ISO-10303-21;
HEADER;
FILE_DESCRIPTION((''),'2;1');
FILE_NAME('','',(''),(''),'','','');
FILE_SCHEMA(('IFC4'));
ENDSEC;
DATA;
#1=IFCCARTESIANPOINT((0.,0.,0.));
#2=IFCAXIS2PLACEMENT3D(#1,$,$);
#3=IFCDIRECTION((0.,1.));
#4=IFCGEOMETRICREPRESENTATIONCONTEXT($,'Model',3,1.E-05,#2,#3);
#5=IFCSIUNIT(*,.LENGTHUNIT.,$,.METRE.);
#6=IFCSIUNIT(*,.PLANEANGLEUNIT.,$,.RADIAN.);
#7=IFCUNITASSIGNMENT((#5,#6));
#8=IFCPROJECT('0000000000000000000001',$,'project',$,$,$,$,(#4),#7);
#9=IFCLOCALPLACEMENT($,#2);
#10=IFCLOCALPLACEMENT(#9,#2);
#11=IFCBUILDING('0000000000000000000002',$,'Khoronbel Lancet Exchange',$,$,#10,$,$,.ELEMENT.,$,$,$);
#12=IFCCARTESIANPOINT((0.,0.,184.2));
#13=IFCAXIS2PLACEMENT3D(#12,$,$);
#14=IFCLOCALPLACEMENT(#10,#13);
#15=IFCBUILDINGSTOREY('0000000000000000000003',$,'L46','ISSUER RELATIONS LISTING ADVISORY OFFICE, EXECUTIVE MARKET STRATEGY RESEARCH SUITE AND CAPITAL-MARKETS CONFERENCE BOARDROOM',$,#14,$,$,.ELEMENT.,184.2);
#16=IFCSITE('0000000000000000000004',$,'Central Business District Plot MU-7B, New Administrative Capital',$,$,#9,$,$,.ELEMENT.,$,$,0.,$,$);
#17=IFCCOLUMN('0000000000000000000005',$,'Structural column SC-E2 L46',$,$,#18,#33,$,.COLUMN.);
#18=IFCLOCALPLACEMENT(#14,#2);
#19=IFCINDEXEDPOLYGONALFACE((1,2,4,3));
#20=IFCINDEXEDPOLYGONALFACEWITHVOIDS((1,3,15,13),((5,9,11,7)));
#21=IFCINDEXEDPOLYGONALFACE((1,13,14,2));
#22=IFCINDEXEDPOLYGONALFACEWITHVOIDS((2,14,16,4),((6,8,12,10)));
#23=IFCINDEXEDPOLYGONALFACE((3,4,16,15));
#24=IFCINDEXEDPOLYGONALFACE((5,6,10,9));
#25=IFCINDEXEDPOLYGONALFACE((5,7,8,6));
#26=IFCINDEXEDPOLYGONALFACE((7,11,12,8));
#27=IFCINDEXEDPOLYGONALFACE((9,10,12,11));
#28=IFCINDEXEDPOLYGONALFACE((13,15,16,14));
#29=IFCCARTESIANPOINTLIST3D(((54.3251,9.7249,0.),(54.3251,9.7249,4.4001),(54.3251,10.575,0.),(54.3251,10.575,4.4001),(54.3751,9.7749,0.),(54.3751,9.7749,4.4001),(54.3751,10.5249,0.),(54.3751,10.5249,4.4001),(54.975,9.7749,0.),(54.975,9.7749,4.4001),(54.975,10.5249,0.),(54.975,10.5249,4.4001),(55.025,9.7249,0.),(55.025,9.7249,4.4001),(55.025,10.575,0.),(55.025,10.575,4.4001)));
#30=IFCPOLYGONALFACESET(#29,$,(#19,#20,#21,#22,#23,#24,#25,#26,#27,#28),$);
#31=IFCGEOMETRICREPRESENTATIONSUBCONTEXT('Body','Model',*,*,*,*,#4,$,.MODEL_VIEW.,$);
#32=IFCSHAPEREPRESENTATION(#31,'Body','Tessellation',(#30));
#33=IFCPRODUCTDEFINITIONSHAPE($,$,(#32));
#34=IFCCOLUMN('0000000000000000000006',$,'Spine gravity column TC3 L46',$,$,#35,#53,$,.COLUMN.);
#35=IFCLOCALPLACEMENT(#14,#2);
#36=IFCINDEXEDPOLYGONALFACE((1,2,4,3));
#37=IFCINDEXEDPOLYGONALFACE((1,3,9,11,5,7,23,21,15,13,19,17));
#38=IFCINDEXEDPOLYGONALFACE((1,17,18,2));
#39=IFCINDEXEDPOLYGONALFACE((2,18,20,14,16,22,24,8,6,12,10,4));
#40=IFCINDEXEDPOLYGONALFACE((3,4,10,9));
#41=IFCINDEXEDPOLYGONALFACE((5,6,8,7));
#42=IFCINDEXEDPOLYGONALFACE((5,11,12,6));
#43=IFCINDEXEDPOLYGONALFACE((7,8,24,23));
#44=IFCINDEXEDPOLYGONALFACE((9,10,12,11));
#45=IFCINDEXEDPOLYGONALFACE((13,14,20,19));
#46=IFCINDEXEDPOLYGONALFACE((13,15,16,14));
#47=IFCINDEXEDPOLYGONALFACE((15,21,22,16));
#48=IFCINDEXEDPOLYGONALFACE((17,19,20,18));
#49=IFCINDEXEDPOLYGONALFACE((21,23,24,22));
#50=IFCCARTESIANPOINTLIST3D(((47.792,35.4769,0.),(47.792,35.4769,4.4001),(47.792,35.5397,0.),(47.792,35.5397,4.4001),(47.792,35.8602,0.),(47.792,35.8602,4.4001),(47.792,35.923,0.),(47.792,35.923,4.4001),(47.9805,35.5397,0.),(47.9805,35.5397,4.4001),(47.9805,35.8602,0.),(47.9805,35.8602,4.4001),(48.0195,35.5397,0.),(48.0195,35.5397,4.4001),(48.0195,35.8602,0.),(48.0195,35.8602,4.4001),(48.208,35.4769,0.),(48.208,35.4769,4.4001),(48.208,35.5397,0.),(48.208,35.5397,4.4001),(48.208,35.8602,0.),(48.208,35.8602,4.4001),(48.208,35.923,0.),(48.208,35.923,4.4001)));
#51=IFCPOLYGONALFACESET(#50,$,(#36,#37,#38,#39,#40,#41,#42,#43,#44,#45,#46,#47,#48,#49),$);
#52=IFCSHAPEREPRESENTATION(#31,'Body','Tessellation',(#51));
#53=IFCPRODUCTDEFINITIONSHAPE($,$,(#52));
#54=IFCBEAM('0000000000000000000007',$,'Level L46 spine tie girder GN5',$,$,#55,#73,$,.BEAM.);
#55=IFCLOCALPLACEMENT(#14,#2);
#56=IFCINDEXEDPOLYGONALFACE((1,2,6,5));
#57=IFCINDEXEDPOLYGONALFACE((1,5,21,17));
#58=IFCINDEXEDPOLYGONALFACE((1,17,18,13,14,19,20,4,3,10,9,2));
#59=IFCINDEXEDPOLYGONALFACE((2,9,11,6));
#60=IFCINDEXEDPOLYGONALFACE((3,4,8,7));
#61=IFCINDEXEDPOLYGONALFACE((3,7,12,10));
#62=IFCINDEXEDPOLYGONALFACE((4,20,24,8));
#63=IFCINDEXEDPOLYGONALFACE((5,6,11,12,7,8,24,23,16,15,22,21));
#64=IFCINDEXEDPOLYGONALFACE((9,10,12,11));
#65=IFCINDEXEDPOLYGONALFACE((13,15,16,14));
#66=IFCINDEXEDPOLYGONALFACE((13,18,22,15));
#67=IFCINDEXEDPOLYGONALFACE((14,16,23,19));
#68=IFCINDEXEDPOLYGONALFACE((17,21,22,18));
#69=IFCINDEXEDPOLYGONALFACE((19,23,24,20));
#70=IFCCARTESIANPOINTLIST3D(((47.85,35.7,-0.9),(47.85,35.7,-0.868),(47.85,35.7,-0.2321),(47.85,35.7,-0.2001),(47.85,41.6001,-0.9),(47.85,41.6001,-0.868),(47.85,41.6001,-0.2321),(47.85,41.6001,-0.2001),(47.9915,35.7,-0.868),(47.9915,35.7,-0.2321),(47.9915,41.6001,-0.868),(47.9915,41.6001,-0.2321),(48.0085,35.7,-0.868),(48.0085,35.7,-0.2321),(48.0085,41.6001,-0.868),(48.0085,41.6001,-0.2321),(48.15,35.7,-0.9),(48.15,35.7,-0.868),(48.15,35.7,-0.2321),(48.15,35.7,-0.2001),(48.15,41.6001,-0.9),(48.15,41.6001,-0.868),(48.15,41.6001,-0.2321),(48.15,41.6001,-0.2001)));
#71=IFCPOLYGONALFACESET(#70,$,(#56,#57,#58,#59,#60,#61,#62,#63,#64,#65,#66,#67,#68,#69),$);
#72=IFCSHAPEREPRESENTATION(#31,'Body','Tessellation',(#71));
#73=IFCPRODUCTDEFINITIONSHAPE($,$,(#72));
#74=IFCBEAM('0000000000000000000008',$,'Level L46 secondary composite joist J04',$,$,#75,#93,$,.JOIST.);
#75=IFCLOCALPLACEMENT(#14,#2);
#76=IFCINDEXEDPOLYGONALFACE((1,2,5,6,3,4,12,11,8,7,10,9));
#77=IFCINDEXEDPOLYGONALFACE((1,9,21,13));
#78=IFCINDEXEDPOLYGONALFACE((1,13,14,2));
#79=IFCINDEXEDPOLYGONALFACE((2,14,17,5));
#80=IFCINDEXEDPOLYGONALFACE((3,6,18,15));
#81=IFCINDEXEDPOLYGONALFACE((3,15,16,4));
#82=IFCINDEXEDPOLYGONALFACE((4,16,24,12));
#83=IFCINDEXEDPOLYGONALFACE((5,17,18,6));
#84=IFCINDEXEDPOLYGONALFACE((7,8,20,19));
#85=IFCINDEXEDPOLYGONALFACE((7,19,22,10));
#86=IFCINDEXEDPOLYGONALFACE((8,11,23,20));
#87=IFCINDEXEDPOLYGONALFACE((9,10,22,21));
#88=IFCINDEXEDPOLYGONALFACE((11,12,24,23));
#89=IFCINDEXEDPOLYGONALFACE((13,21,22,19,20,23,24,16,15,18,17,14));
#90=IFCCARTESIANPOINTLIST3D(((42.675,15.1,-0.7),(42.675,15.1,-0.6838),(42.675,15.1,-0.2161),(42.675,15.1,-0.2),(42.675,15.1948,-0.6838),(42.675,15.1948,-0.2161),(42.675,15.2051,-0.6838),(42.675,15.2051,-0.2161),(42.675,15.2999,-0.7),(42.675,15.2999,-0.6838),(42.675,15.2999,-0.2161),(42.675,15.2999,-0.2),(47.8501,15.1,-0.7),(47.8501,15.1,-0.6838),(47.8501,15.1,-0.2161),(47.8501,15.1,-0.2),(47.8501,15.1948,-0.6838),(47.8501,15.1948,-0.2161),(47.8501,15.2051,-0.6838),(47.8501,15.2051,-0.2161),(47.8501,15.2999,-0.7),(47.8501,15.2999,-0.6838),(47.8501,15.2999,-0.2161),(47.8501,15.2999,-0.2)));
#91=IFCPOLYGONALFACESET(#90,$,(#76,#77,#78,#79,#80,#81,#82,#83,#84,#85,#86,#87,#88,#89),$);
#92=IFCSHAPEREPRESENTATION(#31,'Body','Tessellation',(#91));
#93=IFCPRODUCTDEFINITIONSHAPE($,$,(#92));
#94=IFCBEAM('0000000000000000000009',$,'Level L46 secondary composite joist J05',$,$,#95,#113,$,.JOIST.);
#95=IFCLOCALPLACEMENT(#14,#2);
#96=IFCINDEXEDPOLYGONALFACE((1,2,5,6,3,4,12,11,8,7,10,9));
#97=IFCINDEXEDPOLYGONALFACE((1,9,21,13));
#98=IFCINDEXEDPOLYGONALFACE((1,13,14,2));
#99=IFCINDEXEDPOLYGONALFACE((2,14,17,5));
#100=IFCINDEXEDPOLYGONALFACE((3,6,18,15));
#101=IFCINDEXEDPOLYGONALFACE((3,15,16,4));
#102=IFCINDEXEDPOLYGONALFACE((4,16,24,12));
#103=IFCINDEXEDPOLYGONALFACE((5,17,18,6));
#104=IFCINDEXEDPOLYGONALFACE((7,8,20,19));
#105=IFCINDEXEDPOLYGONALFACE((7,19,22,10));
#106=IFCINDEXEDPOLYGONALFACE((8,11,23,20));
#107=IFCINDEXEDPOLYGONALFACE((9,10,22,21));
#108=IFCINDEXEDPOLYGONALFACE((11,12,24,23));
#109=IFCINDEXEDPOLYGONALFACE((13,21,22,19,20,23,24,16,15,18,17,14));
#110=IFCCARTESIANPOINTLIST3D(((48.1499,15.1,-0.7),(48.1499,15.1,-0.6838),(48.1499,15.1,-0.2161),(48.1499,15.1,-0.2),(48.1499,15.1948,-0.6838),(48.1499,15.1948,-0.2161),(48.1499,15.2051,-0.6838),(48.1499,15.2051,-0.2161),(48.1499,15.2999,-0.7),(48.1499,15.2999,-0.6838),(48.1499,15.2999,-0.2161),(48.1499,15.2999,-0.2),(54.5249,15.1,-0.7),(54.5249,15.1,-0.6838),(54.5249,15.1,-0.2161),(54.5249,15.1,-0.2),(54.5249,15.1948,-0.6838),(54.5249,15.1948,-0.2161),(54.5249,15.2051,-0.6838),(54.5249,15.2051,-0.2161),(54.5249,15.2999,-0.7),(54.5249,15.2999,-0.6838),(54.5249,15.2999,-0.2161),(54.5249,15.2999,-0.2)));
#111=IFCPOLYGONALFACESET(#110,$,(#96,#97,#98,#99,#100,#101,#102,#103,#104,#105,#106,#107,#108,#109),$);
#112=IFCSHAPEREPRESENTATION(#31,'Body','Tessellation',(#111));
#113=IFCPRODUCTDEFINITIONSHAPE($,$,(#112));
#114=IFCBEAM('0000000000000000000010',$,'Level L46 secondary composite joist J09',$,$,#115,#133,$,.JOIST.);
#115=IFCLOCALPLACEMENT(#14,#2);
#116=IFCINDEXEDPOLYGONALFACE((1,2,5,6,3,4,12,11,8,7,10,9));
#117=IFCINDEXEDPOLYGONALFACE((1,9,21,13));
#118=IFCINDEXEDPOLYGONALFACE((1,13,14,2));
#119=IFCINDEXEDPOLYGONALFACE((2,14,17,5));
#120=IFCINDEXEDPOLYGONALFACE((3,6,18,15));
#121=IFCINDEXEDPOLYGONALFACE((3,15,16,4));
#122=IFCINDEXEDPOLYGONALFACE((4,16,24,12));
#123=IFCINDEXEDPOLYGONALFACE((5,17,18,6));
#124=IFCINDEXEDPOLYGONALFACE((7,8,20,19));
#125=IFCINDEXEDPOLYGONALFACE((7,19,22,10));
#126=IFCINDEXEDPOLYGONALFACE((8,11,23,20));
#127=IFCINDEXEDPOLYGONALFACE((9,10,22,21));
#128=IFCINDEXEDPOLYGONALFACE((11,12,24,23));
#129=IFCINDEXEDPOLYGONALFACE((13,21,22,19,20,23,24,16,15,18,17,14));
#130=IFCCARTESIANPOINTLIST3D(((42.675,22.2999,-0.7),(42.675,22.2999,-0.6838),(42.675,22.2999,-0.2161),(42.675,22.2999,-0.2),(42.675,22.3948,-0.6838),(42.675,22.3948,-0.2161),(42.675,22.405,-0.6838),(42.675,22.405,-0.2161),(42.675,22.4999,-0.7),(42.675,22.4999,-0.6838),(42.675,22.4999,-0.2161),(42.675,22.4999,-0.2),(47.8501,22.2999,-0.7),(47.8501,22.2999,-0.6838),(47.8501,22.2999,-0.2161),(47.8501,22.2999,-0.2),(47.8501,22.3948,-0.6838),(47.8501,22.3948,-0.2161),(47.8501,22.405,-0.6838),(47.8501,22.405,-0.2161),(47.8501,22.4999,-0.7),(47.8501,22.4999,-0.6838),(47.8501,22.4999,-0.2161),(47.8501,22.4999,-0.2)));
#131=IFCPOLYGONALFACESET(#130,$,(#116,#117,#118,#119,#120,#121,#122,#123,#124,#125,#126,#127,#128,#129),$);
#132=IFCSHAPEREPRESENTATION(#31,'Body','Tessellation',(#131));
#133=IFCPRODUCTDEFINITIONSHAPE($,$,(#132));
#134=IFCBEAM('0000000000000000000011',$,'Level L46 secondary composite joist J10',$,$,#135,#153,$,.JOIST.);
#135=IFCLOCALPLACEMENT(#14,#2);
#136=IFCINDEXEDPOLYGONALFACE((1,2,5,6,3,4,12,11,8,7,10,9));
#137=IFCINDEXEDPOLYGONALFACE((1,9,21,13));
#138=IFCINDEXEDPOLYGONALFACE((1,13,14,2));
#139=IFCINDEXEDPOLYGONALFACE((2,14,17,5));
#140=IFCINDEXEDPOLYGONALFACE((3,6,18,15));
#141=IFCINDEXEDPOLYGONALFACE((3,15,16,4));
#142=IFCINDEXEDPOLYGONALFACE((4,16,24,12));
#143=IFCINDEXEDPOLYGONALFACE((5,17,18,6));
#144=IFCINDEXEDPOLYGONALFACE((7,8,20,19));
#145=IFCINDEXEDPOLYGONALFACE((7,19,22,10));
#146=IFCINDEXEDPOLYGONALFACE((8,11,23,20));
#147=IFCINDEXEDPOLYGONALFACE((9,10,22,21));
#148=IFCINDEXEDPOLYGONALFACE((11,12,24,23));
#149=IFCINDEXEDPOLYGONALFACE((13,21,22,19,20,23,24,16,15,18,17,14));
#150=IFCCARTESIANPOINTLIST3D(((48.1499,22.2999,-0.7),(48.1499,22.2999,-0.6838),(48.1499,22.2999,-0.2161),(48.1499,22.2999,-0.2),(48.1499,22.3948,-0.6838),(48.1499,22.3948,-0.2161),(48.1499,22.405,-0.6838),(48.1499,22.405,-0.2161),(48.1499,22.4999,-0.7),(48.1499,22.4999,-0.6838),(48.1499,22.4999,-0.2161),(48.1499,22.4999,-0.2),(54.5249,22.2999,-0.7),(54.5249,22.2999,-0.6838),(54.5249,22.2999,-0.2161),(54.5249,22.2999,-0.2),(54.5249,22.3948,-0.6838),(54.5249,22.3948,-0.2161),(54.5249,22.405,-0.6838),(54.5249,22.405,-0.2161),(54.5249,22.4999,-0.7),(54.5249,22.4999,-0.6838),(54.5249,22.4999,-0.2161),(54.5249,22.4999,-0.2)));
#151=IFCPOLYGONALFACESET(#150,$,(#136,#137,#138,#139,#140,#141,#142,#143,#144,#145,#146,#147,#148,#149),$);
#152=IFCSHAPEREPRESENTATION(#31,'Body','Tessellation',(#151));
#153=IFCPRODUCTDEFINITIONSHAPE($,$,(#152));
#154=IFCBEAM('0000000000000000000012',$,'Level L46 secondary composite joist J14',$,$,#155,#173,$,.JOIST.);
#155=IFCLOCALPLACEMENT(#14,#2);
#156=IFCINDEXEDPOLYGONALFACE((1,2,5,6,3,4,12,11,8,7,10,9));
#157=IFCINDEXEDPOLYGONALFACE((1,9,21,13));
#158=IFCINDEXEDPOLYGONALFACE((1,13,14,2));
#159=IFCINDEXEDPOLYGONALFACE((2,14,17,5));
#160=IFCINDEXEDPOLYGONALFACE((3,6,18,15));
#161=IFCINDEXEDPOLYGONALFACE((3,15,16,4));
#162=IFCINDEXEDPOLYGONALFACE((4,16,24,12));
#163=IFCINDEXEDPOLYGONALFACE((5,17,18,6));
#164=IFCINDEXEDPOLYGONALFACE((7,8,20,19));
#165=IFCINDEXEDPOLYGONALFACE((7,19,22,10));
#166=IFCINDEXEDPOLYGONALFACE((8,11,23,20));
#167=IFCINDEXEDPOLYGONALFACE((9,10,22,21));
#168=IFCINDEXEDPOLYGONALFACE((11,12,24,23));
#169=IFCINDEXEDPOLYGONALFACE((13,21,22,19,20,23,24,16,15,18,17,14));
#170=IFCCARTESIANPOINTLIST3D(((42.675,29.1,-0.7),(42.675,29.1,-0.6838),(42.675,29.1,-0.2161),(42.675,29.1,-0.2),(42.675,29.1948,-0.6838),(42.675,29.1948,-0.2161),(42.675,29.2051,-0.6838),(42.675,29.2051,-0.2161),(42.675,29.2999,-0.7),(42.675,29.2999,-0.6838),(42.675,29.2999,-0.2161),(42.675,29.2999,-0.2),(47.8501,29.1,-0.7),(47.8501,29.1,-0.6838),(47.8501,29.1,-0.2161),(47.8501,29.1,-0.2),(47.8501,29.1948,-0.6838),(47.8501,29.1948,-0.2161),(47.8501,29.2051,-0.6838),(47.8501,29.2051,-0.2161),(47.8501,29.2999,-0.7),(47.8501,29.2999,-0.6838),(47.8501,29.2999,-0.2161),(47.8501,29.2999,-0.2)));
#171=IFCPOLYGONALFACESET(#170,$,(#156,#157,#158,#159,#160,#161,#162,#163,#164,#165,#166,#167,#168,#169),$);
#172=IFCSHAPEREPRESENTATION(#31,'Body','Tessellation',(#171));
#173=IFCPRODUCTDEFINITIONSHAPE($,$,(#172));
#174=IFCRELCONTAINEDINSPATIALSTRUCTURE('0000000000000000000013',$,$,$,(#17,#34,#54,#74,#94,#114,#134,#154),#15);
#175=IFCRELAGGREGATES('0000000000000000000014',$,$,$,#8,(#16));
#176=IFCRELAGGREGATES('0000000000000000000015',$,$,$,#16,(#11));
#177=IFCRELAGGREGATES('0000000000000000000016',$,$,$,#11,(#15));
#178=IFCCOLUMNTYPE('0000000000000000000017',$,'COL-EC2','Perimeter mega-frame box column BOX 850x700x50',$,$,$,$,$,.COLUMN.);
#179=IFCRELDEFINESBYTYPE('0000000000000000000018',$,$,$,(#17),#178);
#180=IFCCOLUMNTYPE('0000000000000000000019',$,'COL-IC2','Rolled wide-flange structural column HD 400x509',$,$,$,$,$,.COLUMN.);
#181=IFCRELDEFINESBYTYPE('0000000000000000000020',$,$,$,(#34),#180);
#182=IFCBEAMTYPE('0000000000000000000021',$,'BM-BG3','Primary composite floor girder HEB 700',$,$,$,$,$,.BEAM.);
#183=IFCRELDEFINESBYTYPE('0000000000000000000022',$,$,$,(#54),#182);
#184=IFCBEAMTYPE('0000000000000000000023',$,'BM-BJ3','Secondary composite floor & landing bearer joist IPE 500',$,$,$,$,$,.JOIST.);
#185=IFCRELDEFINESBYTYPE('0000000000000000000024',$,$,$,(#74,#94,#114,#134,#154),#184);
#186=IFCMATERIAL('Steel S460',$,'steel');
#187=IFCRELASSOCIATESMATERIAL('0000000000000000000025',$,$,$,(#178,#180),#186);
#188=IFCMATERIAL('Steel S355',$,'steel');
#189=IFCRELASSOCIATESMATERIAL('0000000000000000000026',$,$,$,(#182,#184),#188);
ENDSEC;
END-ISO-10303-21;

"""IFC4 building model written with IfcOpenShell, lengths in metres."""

from ifc_helpers import new_model, si_unit, direction, frame, origin, origin_2d, place, context, subcontext, project, spatial, hollow_rectangle, i_section, extrude, material, material_profile, profile_set, type_object, element, save


model = new_model("IFC4")

# Units and contexts
model_context = context("Model", 3, precision=1e-05, world=origin(), true_north=direction((0.0, 1.0)))
body_context = subcontext(model_context, "Body", "Model", "MODEL_VIEW")
ifc_project = project(units=[si_unit("LENGTHUNIT", "METRE"), si_unit("PLANEANGLEUNIT", "RADIAN")], contexts=[model_context])

# Site, building, storey
site_placement = place(None, origin())
site = spatial("IfcSite", under=ifc_project, at=site_placement, Name="Central Business District Plot MU-7B, New Administrative Capital", CompositionType="ELEMENT", RefElevation=0.0)
building_placement = place(site_placement, origin())
building = spatial("IfcBuilding", under=site, at=building_placement, Name="Khoronbel Lancet Exchange", CompositionType="ELEMENT")
storey_placement = place(building_placement, frame((0.0, 0.0, 184.2)))
storey = spatial("IfcBuildingStorey", under=building, at=storey_placement, Name="L46", Description="ISSUER RELATIONS LISTING ADVISORY OFFICE, EXECUTIVE MARKET STRATEGY RESEARCH SUITE AND CAPITAL-MARKETS CONFERENCE BOARDROOM", CompositionType="ELEMENT", Elevation=184.2)

# Columns
ifc_material_1 = material(Name="Steel S460", Category="steel")
ifc_material_profile_1 = material_profile(ifc_material_1, hollow_rectangle(XDim=0.7, YDim=0.8501, WallThickness=0.05, at=origin_2d()), Name="BOX 850x700x50")
ifc_profile_set_1 = profile_set([ifc_material_profile_1], Name="Steel S460")
column_type_1 = type_object("IfcColumnType", Name="COL-EC2", Description="Perimeter mega-frame box column BOX 850x700x50", PredefinedType="COLUMN", material=ifc_profile_set_1)
column_1_placement = place(storey_placement, frame((54.675, 10.1499, 0.0), z_axis=(0.0, 0.0, 1.0), x_axis=(1.0, 0.0, 0.0)))
element("IfcColumn", 1, at=column_1_placement, inside=storey, type_object=column_type_1, Name="Structural column SC-E2 L46", PredefinedType="COLUMN", context=body_context, shape_type="SweptSolid", body=[
    extrude(hollow_rectangle(XDim=0.7, YDim=0.8501, WallThickness=0.05, at=origin_2d()), origin(), (0.0, 0.0, 1.0), 4.4001),
])
ifc_material_profile_2 = material_profile(ifc_material_1, i_section(OverallWidth=0.416, OverallDepth=0.446, WebThickness=0.0391, FlangeThickness=0.0627, at=origin_2d()), Name="HD 400x509")
ifc_profile_set_2 = profile_set([ifc_material_profile_2], Name="Steel S460")
column_type_2 = type_object("IfcColumnType", Name="COL-IC2", Description="Rolled wide-flange structural column HD 400x509", PredefinedType="COLUMN", material=ifc_profile_set_2)
column_2_placement = place(storey_placement, frame((48.0, 35.7, 0.0), z_axis=(0.0, 0.0, 1.0), x_axis=(1.0, 0.0, 0.0)))
element("IfcColumn", 2, at=column_2_placement, inside=storey, type_object=column_type_2, Name="Spine gravity column TC3 L46", PredefinedType="COLUMN", context=body_context, shape_type="SweptSolid", body=[
    extrude(i_section(OverallWidth=0.416, OverallDepth=0.446, WebThickness=0.0391, FlangeThickness=0.0627, at=origin_2d()), origin(), (0.0, 0.0, 1.0), 4.4001),
])

# Beams
ifc_material_2 = material(Name="Steel S355", Category="steel")
ifc_material_profile_3 = material_profile(ifc_material_2, i_section(OverallWidth=0.3, OverallDepth=0.7, WebThickness=0.0171, FlangeThickness=0.032, at=origin_2d()), Name="HEB 700")
ifc_profile_set_3 = profile_set([ifc_material_profile_3], Name="Steel S355")
beam_type_1 = type_object("IfcBeamType", Name="BM-BG3", Description="Primary composite floor girder HEB 700", PredefinedType="BEAM", material=ifc_profile_set_3)
beam_1_placement = place(storey_placement, frame((48.0, 35.7, -0.55), z_axis=(0.0, 1.0, 0.0), x_axis=(-1.0, 0.0, 0.0)))
element("IfcBeam", 3, at=beam_1_placement, inside=storey, type_object=beam_type_1, Name="Level L46 spine tie girder GN5", PredefinedType="BEAM", context=body_context, shape_type="SweptSolid", body=[
    extrude(i_section(OverallWidth=0.3, OverallDepth=0.7, WebThickness=0.0171, FlangeThickness=0.032, at=origin_2d()), origin(), (0.0, 0.0, 1.0), 5.9001),
])
ifc_material_profile_4 = material_profile(ifc_material_2, i_section(OverallWidth=0.2, OverallDepth=0.5, WebThickness=0.0103, FlangeThickness=0.0161, at=origin_2d()), Name="IPE 500")
ifc_profile_set_4 = profile_set([ifc_material_profile_4], Name="Steel S355")
beam_type_2 = type_object("IfcBeamType", Name="BM-BJ3", Description="Secondary composite floor & landing bearer joist IPE 500", PredefinedType="JOIST", material=ifc_profile_set_4)
beam_2_placement = place(storey_placement, frame((42.675, 15.2, -0.45), z_axis=(1.0, 0.0, 0.0), x_axis=(0.0, 1.0, 0.0)))
element("IfcBeam", 4, at=beam_2_placement, inside=storey, type_object=beam_type_2, Name="Level L46 secondary composite joist J04", PredefinedType="JOIST", context=body_context, shape_type="SweptSolid", body=[
    extrude(i_section(OverallWidth=0.2, OverallDepth=0.5, WebThickness=0.0103, FlangeThickness=0.0161, at=origin_2d()), origin(), (0.0, 0.0, 1.0), 5.175),
])
beam_3_placement = place(storey_placement, frame((48.1499, 15.2, -0.45), z_axis=(1.0, 0.0, 0.0), x_axis=(0.0, 1.0, 0.0)))
element("IfcBeam", 5, at=beam_3_placement, inside=storey, type_object=beam_type_2, Name="Level L46 secondary composite joist J05", PredefinedType="JOIST", context=body_context, shape_type="SweptSolid", body=[
    extrude(i_section(OverallWidth=0.2, OverallDepth=0.5, WebThickness=0.0103, FlangeThickness=0.0161, at=origin_2d()), origin(), (0.0, 0.0, 1.0), 6.375),
])
beam_4_placement = place(storey_placement, frame((42.675, 22.3999, -0.45), z_axis=(1.0, 0.0, 0.0), x_axis=(0.0, 1.0, 0.0)))
element("IfcBeam", 6, at=beam_4_placement, inside=storey, type_object=beam_type_2, Name="Level L46 secondary composite joist J09", PredefinedType="JOIST", context=body_context, shape_type="SweptSolid", body=[
    extrude(i_section(OverallWidth=0.2, OverallDepth=0.5, WebThickness=0.0103, FlangeThickness=0.0161, at=origin_2d()), origin(), (0.0, 0.0, 1.0), 5.175),
])
beam_5_placement = place(storey_placement, frame((48.1499, 22.3999, -0.45), z_axis=(1.0, 0.0, 0.0), x_axis=(0.0, 1.0, 0.0)))
element("IfcBeam", 7, at=beam_5_placement, inside=storey, type_object=beam_type_2, Name="Level L46 secondary composite joist J10", PredefinedType="JOIST", context=body_context, shape_type="SweptSolid", body=[
    extrude(i_section(OverallWidth=0.2, OverallDepth=0.5, WebThickness=0.0103, FlangeThickness=0.0161, at=origin_2d()), origin(), (0.0, 0.0, 1.0), 6.375),
])
beam_6_placement = place(storey_placement, frame((42.675, 29.2, -0.45), z_axis=(1.0, 0.0, 0.0), x_axis=(0.0, 1.0, 0.0)))
element("IfcBeam", 8, at=beam_6_placement, inside=storey, type_object=beam_type_2, Name="Level L46 secondary composite joist J14", PredefinedType="JOIST", context=body_context, shape_type="SweptSolid", body=[
    extrude(i_section(OverallWidth=0.2, OverallDepth=0.5, WebThickness=0.0103, FlangeThickness=0.0161, at=origin_2d()), origin(), (0.0, 0.0, 1.0), 5.175),
])

save(model, "model.ifc")
